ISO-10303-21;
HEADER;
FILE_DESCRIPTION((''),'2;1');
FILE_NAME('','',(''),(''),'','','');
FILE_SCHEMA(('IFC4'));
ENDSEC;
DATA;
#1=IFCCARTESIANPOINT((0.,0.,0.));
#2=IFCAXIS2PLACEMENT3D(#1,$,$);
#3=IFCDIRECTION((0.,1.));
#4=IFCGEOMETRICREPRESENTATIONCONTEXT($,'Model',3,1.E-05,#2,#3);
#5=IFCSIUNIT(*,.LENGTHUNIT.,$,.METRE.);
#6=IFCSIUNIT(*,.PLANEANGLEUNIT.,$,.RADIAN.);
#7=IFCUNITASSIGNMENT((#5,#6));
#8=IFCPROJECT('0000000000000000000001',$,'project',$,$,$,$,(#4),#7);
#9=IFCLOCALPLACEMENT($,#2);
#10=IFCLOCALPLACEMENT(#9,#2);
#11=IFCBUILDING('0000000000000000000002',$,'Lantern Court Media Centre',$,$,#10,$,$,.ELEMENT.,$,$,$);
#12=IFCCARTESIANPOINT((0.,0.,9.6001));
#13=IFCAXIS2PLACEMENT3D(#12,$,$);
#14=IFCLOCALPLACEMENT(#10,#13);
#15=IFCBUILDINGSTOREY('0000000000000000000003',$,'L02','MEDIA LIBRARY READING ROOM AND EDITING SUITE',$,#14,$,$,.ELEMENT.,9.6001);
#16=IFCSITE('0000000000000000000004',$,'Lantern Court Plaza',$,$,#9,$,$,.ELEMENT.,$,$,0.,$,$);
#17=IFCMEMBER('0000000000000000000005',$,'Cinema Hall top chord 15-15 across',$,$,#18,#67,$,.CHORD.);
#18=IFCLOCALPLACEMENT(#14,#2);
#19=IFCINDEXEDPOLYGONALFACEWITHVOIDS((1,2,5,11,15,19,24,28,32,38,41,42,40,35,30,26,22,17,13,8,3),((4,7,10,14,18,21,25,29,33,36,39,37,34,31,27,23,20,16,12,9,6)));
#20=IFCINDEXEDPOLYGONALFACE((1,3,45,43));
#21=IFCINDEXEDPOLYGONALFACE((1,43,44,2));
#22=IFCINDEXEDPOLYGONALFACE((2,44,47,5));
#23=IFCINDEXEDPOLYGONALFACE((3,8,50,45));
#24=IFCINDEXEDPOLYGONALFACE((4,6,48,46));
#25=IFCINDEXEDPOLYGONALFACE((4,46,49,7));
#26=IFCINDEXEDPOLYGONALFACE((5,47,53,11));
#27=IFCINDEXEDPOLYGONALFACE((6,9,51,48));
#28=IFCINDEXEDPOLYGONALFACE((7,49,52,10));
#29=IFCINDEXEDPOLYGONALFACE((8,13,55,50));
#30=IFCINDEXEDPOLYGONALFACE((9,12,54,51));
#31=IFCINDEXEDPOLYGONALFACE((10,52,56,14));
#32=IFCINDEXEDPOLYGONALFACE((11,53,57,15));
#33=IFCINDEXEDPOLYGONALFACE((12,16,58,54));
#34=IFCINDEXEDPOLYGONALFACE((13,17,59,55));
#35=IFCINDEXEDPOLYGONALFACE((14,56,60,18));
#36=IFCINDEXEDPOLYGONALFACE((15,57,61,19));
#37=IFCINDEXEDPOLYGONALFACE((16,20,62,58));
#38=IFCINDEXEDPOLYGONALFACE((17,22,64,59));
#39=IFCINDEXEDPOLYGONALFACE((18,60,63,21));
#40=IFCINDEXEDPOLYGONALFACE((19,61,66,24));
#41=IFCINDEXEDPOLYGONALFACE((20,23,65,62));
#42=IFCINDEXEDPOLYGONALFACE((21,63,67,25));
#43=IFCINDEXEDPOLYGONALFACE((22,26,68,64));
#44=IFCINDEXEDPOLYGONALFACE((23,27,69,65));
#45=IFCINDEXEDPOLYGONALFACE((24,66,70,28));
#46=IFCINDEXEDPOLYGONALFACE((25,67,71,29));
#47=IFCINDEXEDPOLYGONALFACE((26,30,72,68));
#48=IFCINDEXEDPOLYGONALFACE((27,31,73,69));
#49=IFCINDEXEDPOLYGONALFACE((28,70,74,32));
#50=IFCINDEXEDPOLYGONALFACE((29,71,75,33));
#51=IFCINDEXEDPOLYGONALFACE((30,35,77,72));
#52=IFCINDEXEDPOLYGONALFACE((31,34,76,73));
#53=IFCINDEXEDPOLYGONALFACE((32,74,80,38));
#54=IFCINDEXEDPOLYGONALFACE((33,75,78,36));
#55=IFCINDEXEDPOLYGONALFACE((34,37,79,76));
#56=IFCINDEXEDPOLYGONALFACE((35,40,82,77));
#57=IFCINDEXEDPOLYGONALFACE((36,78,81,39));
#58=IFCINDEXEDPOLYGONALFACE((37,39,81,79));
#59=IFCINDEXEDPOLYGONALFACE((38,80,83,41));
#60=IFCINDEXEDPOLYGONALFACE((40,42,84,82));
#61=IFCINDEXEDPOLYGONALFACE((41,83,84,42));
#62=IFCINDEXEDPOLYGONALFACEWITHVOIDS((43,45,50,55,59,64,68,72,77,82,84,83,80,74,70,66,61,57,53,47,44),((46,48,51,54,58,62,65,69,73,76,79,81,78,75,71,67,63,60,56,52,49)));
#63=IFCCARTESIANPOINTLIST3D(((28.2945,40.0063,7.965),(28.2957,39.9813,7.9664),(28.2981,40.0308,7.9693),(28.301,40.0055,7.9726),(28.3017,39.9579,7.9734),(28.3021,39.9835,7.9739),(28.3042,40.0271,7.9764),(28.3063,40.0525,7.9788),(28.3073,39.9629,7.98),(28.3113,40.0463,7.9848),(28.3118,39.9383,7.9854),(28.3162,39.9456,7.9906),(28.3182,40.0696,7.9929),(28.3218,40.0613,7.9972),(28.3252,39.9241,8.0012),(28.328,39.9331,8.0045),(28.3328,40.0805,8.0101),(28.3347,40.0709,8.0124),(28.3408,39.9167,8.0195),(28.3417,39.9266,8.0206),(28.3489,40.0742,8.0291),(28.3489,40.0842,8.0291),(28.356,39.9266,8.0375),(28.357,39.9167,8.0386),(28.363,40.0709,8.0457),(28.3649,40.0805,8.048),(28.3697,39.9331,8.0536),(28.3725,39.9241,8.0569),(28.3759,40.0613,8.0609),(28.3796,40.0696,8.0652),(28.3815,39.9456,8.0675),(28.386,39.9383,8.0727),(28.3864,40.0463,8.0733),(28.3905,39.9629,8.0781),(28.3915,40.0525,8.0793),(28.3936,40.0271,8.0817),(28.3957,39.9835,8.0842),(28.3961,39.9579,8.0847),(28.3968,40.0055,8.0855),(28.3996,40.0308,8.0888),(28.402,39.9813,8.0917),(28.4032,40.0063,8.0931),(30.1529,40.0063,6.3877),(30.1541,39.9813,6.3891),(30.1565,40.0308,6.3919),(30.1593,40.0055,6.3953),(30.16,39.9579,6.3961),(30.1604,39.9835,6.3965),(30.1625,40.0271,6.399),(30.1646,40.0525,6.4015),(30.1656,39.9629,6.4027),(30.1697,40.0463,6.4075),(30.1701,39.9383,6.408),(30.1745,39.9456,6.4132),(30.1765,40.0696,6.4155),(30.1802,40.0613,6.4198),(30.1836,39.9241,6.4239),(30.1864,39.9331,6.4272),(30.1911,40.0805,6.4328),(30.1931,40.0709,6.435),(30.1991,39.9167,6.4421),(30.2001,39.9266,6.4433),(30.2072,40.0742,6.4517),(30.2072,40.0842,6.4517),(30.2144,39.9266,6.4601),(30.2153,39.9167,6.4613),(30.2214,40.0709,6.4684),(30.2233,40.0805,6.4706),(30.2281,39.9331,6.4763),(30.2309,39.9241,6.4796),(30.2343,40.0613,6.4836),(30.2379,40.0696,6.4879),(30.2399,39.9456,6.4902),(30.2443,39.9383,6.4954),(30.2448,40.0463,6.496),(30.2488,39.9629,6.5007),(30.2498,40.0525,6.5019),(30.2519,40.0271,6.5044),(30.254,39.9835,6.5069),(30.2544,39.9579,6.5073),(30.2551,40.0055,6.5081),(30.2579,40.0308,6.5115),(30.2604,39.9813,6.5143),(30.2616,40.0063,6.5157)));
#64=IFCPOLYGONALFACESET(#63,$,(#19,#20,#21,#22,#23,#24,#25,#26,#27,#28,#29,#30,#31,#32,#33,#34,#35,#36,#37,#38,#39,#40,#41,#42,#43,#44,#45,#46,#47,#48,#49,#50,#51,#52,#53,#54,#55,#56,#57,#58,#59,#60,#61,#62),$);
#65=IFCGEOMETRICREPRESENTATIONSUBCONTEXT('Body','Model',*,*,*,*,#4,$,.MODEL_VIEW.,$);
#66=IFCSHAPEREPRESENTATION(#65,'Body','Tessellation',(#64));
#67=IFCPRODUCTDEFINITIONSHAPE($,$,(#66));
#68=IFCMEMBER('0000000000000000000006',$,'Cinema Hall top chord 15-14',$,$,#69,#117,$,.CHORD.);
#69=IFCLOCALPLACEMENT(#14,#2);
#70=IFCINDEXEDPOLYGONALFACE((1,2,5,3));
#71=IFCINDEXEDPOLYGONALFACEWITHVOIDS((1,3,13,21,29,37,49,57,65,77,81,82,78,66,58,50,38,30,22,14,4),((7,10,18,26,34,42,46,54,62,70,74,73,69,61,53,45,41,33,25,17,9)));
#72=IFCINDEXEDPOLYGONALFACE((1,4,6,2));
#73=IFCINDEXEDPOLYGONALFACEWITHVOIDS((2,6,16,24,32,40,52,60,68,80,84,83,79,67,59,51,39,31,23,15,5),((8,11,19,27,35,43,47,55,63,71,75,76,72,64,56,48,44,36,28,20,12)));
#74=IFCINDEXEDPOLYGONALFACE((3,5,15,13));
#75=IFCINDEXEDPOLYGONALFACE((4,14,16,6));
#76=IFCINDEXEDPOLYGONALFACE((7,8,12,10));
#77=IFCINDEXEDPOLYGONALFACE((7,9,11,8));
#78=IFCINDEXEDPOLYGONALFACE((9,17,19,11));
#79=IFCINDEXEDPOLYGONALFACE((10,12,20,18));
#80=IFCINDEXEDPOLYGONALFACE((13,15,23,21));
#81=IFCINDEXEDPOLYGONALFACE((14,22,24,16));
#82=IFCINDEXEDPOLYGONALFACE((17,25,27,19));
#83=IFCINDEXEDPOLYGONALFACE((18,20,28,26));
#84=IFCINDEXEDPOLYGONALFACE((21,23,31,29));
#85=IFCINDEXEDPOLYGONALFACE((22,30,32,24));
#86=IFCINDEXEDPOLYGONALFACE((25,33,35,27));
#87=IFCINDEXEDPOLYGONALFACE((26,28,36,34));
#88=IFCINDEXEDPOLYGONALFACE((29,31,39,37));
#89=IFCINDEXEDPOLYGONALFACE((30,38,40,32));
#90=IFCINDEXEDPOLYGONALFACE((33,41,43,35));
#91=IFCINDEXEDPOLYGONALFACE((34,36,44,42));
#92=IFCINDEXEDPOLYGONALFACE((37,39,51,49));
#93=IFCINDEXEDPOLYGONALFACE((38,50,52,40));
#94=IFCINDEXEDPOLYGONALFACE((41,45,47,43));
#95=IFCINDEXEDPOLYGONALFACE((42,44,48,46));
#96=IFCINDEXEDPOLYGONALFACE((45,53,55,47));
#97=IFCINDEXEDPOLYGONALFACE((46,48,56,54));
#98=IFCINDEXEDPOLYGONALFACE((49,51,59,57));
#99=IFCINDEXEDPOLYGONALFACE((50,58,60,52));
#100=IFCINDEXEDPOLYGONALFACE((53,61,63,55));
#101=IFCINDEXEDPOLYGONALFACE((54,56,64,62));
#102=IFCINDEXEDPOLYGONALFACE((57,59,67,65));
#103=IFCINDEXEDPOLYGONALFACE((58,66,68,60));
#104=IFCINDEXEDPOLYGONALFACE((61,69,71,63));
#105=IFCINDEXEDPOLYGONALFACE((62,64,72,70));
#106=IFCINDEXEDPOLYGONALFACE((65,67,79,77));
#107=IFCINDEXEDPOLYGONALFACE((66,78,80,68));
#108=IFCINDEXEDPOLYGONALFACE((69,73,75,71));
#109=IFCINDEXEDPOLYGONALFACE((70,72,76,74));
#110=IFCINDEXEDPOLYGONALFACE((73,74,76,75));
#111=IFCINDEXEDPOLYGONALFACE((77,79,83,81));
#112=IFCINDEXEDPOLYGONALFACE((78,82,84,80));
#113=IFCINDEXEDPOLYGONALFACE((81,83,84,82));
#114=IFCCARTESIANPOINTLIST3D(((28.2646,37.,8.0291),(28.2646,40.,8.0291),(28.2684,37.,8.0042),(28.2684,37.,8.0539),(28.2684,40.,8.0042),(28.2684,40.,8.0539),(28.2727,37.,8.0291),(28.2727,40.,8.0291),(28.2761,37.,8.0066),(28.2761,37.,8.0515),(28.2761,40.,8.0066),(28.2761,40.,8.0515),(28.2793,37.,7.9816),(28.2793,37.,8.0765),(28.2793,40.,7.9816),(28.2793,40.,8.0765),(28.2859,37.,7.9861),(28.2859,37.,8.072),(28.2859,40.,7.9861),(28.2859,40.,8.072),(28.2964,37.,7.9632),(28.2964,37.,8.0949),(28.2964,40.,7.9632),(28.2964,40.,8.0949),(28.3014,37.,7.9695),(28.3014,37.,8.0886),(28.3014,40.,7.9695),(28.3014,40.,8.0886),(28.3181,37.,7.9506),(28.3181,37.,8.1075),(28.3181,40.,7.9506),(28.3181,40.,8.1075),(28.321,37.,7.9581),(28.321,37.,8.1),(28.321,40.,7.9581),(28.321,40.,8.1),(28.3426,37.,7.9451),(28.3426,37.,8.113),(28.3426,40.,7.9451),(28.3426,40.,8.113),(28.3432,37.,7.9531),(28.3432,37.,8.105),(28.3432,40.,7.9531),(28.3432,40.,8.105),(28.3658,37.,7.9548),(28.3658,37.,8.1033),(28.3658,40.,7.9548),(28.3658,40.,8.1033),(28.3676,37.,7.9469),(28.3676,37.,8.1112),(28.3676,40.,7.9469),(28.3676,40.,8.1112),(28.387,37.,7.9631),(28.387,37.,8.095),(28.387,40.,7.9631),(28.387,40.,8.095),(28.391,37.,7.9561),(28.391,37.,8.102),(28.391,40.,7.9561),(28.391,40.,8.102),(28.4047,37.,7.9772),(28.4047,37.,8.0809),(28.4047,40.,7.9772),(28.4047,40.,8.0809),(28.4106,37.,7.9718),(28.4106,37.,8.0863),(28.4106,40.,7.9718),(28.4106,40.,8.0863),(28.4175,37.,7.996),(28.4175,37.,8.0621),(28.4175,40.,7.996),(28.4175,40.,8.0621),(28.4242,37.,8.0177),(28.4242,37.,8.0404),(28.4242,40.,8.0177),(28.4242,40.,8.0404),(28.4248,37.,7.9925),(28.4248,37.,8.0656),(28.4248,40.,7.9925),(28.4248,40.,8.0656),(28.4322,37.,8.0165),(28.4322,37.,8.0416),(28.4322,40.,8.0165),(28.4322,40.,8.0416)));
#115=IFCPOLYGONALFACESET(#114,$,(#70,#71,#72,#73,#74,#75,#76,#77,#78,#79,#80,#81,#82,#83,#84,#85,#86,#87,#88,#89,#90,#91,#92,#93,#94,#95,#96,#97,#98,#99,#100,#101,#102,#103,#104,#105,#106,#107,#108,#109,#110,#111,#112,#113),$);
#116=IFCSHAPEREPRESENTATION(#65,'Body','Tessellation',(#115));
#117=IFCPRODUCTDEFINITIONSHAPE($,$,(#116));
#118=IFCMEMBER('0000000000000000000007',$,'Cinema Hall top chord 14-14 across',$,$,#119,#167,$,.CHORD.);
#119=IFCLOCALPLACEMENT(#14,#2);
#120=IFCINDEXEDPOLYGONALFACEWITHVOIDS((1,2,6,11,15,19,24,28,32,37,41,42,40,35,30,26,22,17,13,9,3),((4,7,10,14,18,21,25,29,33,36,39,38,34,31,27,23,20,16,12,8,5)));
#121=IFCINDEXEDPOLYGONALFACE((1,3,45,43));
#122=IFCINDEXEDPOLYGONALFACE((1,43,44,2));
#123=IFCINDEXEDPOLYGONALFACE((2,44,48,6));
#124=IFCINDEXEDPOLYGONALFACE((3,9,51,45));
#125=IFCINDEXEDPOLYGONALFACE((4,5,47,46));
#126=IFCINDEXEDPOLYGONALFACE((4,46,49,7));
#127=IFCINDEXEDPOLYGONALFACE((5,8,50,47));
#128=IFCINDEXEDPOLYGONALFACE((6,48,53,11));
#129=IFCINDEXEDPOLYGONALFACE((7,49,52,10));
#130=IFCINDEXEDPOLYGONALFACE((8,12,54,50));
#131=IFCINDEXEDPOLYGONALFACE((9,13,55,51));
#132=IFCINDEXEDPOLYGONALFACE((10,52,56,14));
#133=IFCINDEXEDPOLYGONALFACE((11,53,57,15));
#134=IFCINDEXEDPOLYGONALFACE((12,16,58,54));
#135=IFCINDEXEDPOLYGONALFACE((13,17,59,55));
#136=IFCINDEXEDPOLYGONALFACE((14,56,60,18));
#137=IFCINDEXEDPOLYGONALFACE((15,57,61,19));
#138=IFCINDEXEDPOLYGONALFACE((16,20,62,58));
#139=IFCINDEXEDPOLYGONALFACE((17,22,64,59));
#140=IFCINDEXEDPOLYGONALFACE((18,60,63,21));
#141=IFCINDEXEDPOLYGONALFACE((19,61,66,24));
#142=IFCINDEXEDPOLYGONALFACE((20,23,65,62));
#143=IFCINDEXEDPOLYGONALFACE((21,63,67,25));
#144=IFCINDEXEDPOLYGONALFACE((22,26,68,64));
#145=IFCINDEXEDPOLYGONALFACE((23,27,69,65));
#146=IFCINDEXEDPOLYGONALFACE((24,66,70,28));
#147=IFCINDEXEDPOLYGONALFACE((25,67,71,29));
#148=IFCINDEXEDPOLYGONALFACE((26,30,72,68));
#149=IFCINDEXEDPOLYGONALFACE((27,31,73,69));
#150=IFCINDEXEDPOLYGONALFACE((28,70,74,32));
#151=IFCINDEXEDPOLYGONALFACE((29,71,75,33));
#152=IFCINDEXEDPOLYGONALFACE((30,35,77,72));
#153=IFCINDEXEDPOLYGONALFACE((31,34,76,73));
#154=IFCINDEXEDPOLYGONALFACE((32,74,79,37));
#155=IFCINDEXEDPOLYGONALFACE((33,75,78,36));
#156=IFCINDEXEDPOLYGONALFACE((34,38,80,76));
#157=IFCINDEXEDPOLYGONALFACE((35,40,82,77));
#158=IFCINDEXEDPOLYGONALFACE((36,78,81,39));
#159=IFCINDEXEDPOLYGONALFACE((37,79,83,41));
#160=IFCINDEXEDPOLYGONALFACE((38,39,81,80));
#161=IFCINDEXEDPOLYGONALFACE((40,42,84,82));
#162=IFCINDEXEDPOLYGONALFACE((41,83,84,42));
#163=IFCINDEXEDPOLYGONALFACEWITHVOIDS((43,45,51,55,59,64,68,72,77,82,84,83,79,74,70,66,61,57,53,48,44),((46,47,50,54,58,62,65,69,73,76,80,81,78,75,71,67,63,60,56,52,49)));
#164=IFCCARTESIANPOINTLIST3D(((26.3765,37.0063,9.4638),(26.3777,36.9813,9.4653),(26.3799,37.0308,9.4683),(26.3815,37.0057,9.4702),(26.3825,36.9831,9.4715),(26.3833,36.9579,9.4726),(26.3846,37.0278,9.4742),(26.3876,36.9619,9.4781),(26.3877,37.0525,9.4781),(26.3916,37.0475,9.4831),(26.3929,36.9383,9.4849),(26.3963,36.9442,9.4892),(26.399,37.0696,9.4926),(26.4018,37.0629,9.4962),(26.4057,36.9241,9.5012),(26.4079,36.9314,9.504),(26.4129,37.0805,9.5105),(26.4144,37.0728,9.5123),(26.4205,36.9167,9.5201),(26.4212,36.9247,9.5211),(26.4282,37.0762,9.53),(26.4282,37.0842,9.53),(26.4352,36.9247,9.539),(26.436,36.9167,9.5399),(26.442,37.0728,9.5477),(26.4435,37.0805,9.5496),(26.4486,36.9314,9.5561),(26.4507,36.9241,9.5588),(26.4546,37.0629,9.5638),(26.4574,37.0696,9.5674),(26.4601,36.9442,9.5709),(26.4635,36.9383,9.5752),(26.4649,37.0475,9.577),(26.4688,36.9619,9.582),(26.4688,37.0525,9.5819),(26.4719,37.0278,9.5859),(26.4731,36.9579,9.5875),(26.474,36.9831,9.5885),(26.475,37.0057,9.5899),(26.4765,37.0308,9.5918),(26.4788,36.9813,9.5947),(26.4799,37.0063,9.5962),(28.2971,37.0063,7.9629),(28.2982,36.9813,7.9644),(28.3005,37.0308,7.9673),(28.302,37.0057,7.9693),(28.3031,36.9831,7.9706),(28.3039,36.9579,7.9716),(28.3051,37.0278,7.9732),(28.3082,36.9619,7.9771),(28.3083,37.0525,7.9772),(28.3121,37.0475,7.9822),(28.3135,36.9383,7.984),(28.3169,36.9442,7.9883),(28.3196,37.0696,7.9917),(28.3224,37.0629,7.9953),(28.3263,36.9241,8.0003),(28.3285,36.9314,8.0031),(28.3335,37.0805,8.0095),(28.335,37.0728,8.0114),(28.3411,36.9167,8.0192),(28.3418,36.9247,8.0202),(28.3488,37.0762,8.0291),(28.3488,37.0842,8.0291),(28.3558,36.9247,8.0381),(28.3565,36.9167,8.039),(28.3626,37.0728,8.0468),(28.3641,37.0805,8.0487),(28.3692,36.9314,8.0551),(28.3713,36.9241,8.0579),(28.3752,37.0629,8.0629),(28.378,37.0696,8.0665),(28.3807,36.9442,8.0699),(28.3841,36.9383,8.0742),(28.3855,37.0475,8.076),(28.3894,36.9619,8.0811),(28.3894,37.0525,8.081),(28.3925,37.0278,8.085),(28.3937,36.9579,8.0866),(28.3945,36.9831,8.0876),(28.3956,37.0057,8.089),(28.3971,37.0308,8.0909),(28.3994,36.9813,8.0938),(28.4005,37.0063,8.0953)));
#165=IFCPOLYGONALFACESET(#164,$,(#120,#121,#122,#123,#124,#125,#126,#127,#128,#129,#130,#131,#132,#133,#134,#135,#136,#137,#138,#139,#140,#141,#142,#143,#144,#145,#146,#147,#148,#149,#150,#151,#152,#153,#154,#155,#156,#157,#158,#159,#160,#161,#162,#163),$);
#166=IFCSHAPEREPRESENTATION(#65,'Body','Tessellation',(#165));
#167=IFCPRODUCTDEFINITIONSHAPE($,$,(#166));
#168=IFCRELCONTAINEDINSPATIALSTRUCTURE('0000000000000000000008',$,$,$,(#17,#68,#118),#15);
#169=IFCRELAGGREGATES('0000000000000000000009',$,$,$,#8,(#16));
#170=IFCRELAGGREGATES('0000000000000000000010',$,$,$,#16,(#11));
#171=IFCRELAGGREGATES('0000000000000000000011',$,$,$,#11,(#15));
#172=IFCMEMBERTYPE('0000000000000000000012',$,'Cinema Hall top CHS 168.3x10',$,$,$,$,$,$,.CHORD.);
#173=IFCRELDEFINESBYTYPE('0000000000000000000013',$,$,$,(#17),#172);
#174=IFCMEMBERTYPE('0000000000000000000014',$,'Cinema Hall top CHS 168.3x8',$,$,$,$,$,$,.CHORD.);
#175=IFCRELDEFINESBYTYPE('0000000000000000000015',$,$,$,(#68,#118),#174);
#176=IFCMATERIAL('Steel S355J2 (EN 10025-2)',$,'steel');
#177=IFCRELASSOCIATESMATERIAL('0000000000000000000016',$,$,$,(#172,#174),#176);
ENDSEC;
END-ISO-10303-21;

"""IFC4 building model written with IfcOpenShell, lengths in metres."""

from ifc_helpers import new_model, si_unit, direction, frame, origin, origin_2d, place, context, subcontext, project, spatial, hollow_circle, extrude, material, material_profile, profile_set, type_object, element, save


model = new_model("IFC4")

# Units and contexts
model_context = context("Model", 3, precision=1e-05, world=origin(), true_north=direction((0.0, 1.0)))
body_context = subcontext(model_context, "Body", "Model", "MODEL_VIEW")
ifc_project = project(units=[si_unit("LENGTHUNIT", "METRE"), si_unit("PLANEANGLEUNIT", "RADIAN")], contexts=[model_context])

# Site, building, storey
site_placement = place(None, origin())
site = spatial("IfcSite", under=ifc_project, at=site_placement, Name="Lantern Court Plaza", CompositionType="ELEMENT", RefElevation=0.0)
building_placement = place(site_placement, origin())
building = spatial("IfcBuilding", under=site, at=building_placement, Name="Lantern Court Media Centre", CompositionType="ELEMENT")
storey_placement = place(building_placement, frame((0.0, 0.0, 9.6001)))
storey = spatial("IfcBuildingStorey", under=building, at=storey_placement, Name="L02", Description="MEDIA LIBRARY READING ROOM AND EDITING SUITE", CompositionType="ELEMENT", Elevation=9.6001)

# Members
ifc_material_1 = material(Name="Steel S355J2 (EN 10025-2)", Category="steel")
ifc_material_profile_1 = material_profile(ifc_material_1, hollow_circle(Radius=0.0842, WallThickness=0.01, at=origin_2d()), Name="Cinema Hall top CHS 168.3x10")
ifc_profile_set_1 = profile_set([ifc_material_profile_1], Name="Steel S355J2 (EN 10025-2)")
member_type_1 = type_object("IfcMemberType", Name="Cinema Hall top CHS 168.3x10", PredefinedType="CHORD", material=ifc_profile_set_1)
for number, where, z_axis, x_axis, name in (
    (1, (28.3489, 40.0, 8.0291), (0.762394, 0.0, -0.647113), (0.0, 1.0, 0.0), "Cinema Hall top chord 15-15 across"),
):
    element("IfcMember", number, at=place(storey_placement, frame(where, z_axis=z_axis, x_axis=x_axis)), inside=storey, type_object=member_type_1, Name=name, PredefinedType="CHORD", context=body_context, shape_type="SweptSolid", body=[
        extrude(hollow_circle(Radius=0.0842, WallThickness=0.01, at=origin_2d()), origin(), (0.0, 0.0, 1.0), 2.4375),
    ])
ifc_material_profile_2 = material_profile(ifc_material_1, hollow_circle(Radius=0.0842, WallThickness=0.0081, at=origin_2d()), Name="Cinema Hall top CHS 168.3x8")
ifc_profile_set_2 = profile_set([ifc_material_profile_2], Name="Steel S355J2 (EN 10025-2)")
member_type_2 = type_object("IfcMemberType", Name="Cinema Hall top CHS 168.3x8", PredefinedType="CHORD", material=ifc_profile_set_2)
member_1_placement = place(storey_placement, frame((28.3489, 37.0, 8.0291), z_axis=(0.0, 1.0, 0.0), x_axis=(-1.0, 0.0, 0.0)))
element("IfcMember", 2, at=member_1_placement, inside=storey, type_object=member_type_2, Name="Cinema Hall top chord 15-14", PredefinedType="CHORD", context=body_context, shape_type="SweptSolid", body=[
    extrude(hollow_circle(Radius=0.0842, WallThickness=0.0081, at=origin_2d()), origin(), (0.0, 0.0, 1.0), 3.0),
])
for number, where, z_axis, x_axis, name in (
    (3, (26.4282, 37.0, 9.53), (0.787932, 0.0, -0.615763), (0.0, 1.0, 0.0), "Cinema Hall top chord 14-14 across"),
):
    element("IfcMember", number, at=place(storey_placement, frame(where, z_axis=z_axis, x_axis=x_axis)), inside=storey, type_object=member_type_2, Name=name, PredefinedType="CHORD", context=body_context, shape_type="SweptSolid", body=[
        extrude(hollow_circle(Radius=0.0842, WallThickness=0.0081, at=origin_2d()), origin(), (0.0, 0.0, 1.0), 2.4375),
    ])

save(model, "model.ifc")
